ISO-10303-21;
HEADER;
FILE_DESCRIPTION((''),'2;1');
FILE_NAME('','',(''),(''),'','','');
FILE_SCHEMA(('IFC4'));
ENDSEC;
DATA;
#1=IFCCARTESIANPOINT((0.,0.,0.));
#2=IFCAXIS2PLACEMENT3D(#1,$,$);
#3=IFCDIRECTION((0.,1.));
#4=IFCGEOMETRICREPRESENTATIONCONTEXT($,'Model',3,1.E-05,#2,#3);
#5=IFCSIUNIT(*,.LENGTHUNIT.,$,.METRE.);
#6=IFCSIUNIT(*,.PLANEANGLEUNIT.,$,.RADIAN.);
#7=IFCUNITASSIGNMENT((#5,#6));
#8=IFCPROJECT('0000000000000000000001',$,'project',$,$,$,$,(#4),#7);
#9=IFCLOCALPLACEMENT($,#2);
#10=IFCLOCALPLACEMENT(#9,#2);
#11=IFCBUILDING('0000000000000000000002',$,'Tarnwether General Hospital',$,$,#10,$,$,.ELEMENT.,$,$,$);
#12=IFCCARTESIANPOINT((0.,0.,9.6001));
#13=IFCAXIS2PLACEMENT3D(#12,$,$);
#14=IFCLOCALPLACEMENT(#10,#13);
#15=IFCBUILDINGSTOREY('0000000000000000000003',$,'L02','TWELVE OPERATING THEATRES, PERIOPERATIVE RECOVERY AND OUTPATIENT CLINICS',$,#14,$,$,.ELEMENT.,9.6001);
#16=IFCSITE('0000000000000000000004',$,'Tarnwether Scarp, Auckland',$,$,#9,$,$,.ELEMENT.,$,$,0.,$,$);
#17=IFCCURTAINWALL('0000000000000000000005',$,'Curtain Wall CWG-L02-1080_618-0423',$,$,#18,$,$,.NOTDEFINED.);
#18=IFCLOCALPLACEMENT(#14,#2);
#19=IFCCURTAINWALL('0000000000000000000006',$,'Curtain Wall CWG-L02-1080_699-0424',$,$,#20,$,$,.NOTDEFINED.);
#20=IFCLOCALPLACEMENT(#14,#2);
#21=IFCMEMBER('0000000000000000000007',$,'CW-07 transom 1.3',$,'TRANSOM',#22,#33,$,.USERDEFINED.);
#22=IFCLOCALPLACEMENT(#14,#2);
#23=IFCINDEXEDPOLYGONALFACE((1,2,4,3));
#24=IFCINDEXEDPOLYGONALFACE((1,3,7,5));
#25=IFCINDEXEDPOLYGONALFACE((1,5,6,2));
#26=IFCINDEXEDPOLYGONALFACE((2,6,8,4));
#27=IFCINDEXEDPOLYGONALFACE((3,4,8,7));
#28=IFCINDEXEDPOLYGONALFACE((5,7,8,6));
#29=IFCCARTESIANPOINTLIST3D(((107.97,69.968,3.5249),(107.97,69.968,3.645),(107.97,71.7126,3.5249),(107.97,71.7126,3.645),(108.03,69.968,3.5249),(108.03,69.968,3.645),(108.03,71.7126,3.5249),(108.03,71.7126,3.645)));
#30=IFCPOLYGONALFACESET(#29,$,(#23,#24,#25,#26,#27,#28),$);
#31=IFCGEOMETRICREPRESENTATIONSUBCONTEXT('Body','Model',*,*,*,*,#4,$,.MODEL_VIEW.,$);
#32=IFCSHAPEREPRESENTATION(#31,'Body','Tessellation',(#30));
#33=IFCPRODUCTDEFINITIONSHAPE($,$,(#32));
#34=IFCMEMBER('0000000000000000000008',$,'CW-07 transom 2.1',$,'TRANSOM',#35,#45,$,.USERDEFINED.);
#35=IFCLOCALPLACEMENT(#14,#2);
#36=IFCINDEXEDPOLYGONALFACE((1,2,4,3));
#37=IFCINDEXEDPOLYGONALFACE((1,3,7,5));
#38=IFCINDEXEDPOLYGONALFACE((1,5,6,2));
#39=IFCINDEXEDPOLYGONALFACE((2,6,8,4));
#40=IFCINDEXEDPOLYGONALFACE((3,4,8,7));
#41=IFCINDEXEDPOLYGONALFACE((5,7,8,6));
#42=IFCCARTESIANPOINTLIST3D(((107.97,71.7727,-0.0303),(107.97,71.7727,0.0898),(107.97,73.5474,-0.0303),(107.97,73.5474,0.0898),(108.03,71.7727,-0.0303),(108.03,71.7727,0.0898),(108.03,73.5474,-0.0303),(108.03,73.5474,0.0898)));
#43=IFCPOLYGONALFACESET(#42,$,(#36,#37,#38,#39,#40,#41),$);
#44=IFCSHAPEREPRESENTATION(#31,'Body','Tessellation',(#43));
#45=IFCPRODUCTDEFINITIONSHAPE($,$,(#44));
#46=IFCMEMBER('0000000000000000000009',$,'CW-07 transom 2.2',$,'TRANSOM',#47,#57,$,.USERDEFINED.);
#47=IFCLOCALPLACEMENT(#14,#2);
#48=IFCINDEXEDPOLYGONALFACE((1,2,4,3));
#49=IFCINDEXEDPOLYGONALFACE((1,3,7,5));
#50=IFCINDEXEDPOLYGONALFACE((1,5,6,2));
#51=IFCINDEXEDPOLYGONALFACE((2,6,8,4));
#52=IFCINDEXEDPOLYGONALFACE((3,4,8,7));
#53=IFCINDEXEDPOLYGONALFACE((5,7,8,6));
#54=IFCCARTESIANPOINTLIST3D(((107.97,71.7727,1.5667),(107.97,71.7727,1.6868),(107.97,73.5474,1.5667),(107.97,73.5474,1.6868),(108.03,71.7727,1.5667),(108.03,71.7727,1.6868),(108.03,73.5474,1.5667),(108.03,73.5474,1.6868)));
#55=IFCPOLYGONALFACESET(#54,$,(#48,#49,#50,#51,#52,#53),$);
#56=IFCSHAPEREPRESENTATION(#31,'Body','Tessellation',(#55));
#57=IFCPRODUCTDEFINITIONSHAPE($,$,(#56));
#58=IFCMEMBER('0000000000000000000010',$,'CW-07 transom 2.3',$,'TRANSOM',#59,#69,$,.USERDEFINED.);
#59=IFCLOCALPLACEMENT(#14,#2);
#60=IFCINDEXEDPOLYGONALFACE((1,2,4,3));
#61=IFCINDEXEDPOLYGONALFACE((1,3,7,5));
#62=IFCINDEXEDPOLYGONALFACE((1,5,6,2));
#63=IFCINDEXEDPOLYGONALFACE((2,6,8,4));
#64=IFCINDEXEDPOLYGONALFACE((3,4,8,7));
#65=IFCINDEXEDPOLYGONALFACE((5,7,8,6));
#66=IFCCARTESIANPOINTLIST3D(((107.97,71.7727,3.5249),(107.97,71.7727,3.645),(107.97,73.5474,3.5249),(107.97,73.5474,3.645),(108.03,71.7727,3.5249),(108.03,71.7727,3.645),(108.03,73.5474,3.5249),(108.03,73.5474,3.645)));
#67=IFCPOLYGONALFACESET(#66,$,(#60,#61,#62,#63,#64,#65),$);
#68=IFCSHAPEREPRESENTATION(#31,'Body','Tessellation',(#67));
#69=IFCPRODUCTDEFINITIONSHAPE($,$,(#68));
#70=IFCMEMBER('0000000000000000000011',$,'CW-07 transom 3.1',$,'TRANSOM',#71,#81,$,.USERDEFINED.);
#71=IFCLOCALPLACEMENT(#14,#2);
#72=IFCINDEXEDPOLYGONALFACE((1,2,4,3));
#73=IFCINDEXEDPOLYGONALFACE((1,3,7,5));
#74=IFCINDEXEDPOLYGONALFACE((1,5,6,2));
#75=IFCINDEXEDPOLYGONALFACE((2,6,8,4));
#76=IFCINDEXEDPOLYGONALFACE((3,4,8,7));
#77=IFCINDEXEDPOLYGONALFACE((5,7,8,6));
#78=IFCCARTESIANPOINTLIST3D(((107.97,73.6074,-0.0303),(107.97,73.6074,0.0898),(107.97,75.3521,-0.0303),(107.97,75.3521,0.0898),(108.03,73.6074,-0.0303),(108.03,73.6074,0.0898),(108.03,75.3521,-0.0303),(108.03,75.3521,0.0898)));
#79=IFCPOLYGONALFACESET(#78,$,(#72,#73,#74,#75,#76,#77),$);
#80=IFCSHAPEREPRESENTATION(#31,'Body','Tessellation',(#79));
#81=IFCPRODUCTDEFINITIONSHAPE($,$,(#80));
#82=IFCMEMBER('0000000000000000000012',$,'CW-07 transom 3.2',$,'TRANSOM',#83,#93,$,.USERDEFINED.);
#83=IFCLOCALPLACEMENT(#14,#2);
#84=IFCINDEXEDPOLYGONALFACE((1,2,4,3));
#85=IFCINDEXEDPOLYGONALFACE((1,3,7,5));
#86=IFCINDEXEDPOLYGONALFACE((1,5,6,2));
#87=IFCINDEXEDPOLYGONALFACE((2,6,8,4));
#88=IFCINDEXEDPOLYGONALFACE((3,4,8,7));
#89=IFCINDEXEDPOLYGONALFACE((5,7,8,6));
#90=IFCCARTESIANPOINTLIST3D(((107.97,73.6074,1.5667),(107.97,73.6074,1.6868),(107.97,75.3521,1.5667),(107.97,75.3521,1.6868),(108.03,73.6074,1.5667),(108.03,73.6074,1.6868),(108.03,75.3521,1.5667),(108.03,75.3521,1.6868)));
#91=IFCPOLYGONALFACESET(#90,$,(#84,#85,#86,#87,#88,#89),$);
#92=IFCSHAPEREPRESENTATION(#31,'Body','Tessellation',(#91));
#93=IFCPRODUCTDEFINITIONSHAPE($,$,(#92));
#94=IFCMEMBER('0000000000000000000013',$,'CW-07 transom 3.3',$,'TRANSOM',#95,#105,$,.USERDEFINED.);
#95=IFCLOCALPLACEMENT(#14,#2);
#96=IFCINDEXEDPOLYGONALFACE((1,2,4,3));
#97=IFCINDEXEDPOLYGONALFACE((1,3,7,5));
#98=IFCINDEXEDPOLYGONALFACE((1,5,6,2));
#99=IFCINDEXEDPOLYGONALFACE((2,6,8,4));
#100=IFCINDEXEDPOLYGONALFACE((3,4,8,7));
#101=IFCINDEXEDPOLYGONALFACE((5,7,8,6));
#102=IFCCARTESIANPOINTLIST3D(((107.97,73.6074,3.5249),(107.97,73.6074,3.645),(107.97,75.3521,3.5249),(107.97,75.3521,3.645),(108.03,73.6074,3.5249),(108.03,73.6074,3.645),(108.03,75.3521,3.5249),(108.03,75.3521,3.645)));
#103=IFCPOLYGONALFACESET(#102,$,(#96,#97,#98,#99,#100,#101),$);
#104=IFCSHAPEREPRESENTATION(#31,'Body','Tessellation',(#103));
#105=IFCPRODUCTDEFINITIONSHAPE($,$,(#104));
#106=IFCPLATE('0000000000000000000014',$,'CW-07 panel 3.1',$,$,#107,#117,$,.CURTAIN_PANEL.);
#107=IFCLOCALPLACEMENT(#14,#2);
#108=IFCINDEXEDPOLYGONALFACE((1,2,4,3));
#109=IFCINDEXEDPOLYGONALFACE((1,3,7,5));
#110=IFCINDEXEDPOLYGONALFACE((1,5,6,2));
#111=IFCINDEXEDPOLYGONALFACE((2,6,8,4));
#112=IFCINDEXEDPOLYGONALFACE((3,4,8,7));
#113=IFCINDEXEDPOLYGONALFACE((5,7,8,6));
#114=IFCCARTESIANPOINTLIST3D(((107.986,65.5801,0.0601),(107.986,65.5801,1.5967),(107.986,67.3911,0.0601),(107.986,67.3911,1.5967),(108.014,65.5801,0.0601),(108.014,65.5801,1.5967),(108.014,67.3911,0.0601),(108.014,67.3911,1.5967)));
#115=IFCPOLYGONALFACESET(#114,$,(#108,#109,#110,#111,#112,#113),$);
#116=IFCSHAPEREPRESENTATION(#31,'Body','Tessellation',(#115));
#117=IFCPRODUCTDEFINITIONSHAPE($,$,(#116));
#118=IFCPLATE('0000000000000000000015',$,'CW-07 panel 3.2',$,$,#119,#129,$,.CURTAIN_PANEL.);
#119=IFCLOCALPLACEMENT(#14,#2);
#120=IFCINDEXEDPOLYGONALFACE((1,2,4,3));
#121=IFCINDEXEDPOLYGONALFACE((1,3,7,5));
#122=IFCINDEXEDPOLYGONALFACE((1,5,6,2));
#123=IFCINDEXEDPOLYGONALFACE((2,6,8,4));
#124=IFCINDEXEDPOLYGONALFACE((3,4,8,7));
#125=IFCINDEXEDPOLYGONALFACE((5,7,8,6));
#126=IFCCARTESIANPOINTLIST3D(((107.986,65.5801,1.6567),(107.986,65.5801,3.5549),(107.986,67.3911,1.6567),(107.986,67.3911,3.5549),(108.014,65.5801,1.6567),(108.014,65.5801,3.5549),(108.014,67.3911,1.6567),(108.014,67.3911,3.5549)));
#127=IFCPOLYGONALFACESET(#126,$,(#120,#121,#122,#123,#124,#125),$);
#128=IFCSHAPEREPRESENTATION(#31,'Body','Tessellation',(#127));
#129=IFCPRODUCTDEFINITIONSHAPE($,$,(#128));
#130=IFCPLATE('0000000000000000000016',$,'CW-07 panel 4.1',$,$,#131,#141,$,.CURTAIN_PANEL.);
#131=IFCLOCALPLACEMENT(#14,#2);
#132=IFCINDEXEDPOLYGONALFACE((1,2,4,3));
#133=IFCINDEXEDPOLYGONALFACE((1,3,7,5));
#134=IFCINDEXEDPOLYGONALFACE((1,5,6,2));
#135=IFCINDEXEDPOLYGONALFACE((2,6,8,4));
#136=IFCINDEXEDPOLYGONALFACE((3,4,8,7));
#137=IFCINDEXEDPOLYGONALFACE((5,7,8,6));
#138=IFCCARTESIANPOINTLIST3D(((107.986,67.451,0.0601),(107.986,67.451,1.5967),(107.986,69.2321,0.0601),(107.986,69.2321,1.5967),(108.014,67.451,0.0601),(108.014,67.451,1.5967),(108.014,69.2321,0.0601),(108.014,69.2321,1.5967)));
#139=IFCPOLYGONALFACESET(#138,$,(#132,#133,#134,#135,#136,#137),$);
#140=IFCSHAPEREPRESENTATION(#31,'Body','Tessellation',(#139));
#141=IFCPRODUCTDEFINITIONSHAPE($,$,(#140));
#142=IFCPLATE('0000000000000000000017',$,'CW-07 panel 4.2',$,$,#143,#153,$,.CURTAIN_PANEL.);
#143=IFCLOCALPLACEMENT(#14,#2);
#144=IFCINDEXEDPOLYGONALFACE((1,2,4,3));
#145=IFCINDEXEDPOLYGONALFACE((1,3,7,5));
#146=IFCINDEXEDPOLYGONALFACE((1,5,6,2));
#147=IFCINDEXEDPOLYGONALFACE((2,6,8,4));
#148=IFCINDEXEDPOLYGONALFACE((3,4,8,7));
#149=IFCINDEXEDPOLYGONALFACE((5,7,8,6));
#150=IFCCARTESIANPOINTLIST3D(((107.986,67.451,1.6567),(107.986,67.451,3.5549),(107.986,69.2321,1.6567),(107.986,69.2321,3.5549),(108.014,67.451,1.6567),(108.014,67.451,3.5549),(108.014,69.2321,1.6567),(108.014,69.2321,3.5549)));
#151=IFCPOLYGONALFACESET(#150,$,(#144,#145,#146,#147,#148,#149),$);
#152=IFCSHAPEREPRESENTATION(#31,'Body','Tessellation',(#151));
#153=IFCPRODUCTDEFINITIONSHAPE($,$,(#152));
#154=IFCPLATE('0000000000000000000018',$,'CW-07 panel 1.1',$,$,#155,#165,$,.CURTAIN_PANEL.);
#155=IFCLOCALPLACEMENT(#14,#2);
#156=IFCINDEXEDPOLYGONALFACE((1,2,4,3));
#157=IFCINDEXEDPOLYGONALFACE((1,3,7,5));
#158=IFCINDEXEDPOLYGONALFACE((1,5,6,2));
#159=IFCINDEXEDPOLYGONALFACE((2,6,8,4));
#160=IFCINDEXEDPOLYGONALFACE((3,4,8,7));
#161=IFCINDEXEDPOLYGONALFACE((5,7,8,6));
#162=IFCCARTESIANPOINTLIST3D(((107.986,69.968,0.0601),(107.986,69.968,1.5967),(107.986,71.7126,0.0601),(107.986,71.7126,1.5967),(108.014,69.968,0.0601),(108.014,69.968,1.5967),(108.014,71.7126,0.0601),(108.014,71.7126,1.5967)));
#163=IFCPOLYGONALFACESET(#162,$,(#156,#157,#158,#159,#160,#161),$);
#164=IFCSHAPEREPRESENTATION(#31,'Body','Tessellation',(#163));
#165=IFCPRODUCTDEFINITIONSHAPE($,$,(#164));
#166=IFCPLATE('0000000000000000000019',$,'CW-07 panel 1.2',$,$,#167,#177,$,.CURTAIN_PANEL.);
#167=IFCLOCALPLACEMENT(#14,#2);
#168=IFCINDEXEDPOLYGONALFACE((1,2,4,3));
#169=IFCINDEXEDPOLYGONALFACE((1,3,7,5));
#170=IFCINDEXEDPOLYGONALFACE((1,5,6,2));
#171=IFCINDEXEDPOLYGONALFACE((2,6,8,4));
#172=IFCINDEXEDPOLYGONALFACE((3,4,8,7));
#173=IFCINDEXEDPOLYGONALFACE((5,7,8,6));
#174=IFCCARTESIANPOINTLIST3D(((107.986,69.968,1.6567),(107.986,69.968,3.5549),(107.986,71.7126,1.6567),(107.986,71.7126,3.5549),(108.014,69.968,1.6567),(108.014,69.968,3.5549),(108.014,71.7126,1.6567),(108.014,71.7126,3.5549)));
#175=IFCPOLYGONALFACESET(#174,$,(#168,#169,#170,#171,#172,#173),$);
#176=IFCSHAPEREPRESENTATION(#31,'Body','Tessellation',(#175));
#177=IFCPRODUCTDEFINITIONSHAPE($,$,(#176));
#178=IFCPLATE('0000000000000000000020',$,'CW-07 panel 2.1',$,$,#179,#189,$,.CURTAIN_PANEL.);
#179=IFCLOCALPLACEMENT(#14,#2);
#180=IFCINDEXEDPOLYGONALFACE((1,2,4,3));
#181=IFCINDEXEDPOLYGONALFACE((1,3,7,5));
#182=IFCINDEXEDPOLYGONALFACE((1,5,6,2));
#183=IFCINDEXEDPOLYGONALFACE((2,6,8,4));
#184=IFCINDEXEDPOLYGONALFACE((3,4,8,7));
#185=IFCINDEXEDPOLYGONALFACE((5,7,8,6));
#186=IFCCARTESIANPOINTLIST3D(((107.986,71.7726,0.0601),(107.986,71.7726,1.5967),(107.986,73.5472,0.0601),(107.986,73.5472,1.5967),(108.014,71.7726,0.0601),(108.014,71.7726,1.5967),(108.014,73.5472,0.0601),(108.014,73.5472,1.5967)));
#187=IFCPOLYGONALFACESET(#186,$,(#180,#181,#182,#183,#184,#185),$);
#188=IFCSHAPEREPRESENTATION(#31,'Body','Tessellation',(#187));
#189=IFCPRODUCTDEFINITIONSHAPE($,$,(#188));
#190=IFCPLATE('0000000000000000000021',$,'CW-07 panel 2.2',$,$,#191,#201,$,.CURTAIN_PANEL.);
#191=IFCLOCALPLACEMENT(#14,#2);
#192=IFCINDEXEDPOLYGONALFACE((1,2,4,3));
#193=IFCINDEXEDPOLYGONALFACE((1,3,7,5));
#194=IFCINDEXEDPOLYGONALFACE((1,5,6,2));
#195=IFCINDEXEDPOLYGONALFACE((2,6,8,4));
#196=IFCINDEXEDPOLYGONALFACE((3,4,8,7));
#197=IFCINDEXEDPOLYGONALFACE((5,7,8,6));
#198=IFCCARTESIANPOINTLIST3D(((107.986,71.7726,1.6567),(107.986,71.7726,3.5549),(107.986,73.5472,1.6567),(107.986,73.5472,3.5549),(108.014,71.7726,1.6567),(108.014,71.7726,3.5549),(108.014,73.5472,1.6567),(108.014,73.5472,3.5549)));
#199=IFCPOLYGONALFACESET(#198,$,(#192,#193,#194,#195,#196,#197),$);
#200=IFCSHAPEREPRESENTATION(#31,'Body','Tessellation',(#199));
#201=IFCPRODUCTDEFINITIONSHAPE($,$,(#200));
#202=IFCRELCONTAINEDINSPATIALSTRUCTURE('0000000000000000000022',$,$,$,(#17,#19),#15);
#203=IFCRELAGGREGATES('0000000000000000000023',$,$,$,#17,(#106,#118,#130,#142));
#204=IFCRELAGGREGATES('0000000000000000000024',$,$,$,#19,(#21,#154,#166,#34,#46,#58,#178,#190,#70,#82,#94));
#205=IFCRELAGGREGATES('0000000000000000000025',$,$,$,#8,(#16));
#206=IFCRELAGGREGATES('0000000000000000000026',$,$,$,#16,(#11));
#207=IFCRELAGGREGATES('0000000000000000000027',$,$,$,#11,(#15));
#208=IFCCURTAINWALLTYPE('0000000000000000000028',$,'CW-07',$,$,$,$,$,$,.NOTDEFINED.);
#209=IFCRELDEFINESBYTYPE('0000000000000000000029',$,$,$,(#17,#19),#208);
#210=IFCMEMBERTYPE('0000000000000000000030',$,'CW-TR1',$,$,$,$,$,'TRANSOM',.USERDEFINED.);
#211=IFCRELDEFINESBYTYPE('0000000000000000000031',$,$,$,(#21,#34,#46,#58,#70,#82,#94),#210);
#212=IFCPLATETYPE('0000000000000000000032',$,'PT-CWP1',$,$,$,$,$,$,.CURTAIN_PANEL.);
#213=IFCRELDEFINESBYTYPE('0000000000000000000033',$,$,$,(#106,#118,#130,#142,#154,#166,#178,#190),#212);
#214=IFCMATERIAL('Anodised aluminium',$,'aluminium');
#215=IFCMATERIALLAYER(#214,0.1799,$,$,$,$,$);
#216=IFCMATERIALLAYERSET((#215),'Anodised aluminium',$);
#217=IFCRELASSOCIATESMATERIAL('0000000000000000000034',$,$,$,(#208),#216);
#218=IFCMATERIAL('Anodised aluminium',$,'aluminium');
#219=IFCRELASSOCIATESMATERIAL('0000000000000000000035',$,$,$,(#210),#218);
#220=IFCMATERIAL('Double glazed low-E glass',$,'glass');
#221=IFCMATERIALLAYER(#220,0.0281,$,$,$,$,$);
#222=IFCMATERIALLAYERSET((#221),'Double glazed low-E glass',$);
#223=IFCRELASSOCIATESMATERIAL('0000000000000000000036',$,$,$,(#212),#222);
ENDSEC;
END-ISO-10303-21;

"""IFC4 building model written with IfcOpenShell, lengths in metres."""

from ifc_helpers import new_model, si_unit, direction, frame, origin, origin_2d, place, context, subcontext, project, spatial, rectangle, extrude, material, layer, layer_set, material_profile, profile_set, type_object, element, aggregate, save


model = new_model("IFC4")

# Units and contexts
model_context = context("Model", 3, precision=1e-05, world=origin(), true_north=direction((0.0, 1.0)))
body_context = subcontext(model_context, "Body", "Model", "MODEL_VIEW")
ifc_project = project(units=[si_unit("LENGTHUNIT", "METRE"), si_unit("PLANEANGLEUNIT", "RADIAN")], contexts=[model_context])

# Site, building, storey
site_placement = place(None, origin())
site = spatial("IfcSite", under=ifc_project, at=site_placement, Name="Tarnwether Scarp, Auckland", CompositionType="ELEMENT", RefElevation=0.0)
building_placement = place(site_placement, origin())
building = spatial("IfcBuilding", under=site, at=building_placement, Name="Tarnwether General Hospital", CompositionType="ELEMENT")
storey_placement = place(building_placement, frame((0.0, 0.0, 9.6001)))
storey = spatial("IfcBuildingStorey", under=building, at=storey_placement, Name="L02", Description="TWELVE OPERATING THEATRES, PERIOPERATIVE RECOVERY AND OUTPATIENT CLINICS", CompositionType="ELEMENT", Elevation=9.6001)

# Curtain walls
ifc_material_1 = material(Name="Anodised aluminium", Category="aluminium")
ifc_layer_1 = layer(ifc_material_1, 0.1799)
ifc_layer_set_1 = layer_set([ifc_layer_1], Name="Anodised aluminium")
curtain_wall_type = type_object("IfcCurtainWallType", Name="CW-07", PredefinedType="NOTDEFINED", material=ifc_layer_set_1)
curtain_wall_1_placement = place(storey_placement, origin())
curtain_wall_1 = element("IfcCurtainWall", 1, at=curtain_wall_1_placement, inside=storey, type_object=curtain_wall_type, Name="Curtain Wall CWG-L02-1080_618-0423", PredefinedType="NOTDEFINED")
curtain_wall_2_placement = place(storey_placement, origin())
curtain_wall_2 = element("IfcCurtainWall", 2, at=curtain_wall_2_placement, inside=storey, type_object=curtain_wall_type, Name="Curtain Wall CWG-L02-1080_699-0424", PredefinedType="NOTDEFINED")

# Members
ifc_material_2 = material(Name="Anodised aluminium", Category="aluminium")
ifc_material_profile_1 = material_profile(ifc_material_2, rectangle(XDim=0.0601, YDim=0.1201, at=origin_2d()), Name="ALU-TRN-60x120")
ifc_profile_set_1 = profile_set([ifc_material_profile_1], Name="Anodised aluminium")
member_type_1 = type_object("IfcMemberType", Name="CW-TR1", ElementType="TRANSOM", PredefinedType="USERDEFINED", material=ifc_profile_set_1)
member_1_placement = place(storey_placement, frame((108.0, 69.968, 3.585), z_axis=(0.0, 1.0, 0.0), x_axis=(-1.0, 0.0, 0.0)))
member_1 = element("IfcMember", 3, at=member_1_placement, type_object=member_type_1, Name="CW-07 transom 1.3", ObjectType="TRANSOM", PredefinedType="USERDEFINED", context=body_context, shape_type="SweptSolid", body=[
    extrude(rectangle(XDim=0.0601, YDim=0.1201, at=origin_2d()), origin(), (0.0, 0.0, 1.0), 1.7446),
])
member_2_placement = place(storey_placement, frame((108.0, 71.7727, 0.0298), z_axis=(0.0, 1.0, 0.0), x_axis=(-1.0, 0.0, 0.0)))
member_2 = element("IfcMember", 4, at=member_2_placement, type_object=member_type_1, Name="CW-07 transom 2.1", ObjectType="TRANSOM", PredefinedType="USERDEFINED", context=body_context, shape_type="SweptSolid", body=[
    extrude(rectangle(XDim=0.0601, YDim=0.1201, at=origin_2d()), origin(), (0.0, 0.0, 1.0), 1.7747),
])
member_3_placement = place(storey_placement, frame((108.0, 71.7727, 1.6267), z_axis=(0.0, 1.0, 0.0), x_axis=(-1.0, 0.0, 0.0)))
member_3 = element("IfcMember", 5, at=member_3_placement, type_object=member_type_1, Name="CW-07 transom 2.2", ObjectType="TRANSOM", PredefinedType="USERDEFINED", context=body_context, shape_type="SweptSolid", body=[
    extrude(rectangle(XDim=0.0601, YDim=0.1201, at=origin_2d()), origin(), (0.0, 0.0, 1.0), 1.7747),
])
member_4_placement = place(storey_placement, frame((108.0, 71.7727, 3.585), z_axis=(0.0, 1.0, 0.0), x_axis=(-1.0, 0.0, 0.0)))
member_4 = element("IfcMember", 6, at=member_4_placement, type_object=member_type_1, Name="CW-07 transom 2.3", ObjectType="TRANSOM", PredefinedType="USERDEFINED", context=body_context, shape_type="SweptSolid", body=[
    extrude(rectangle(XDim=0.0601, YDim=0.1201, at=origin_2d()), origin(), (0.0, 0.0, 1.0), 1.7747),
])
member_5_placement = place(storey_placement, frame((108.0, 73.6074, 0.0298), z_axis=(0.0, 1.0, 0.0), x_axis=(-1.0, 0.0, 0.0)))
member_5 = element("IfcMember", 7, at=member_5_placement, type_object=member_type_1, Name="CW-07 transom 3.1", ObjectType="TRANSOM", PredefinedType="USERDEFINED", context=body_context, shape_type="SweptSolid", body=[
    extrude(rectangle(XDim=0.0601, YDim=0.1201, at=origin_2d()), origin(), (0.0, 0.0, 1.0), 1.7446),
])
member_6_placement = place(storey_placement, frame((108.0, 73.6074, 1.6267), z_axis=(0.0, 1.0, 0.0), x_axis=(-1.0, 0.0, 0.0)))
member_6 = element("IfcMember", 8, at=member_6_placement, type_object=member_type_1, Name="CW-07 transom 3.2", ObjectType="TRANSOM", PredefinedType="USERDEFINED", context=body_context, shape_type="SweptSolid", body=[
    extrude(rectangle(XDim=0.0601, YDim=0.1201, at=origin_2d()), origin(), (0.0, 0.0, 1.0), 1.7446),
])
member_7_placement = place(storey_placement, frame((108.0, 73.6074, 3.585), z_axis=(0.0, 1.0, 0.0), x_axis=(-1.0, 0.0, 0.0)))
member_7 = element("IfcMember", 9, at=member_7_placement, type_object=member_type_1, Name="CW-07 transom 3.3", ObjectType="TRANSOM", PredefinedType="USERDEFINED", context=body_context, shape_type="SweptSolid", body=[
    extrude(rectangle(XDim=0.0601, YDim=0.1201, at=origin_2d()), origin(), (0.0, 0.0, 1.0), 1.7446),
])

# Plates
ifc_material_3 = material(Name="Double glazed low-E glass", Category="glass")
ifc_layer_2 = layer(ifc_material_3, 0.0281)
ifc_layer_set_2 = layer_set([ifc_layer_2], Name="Double glazed low-E glass")
plate_type = type_object("IfcPlateType", Name="PT-CWP1", PredefinedType="CURTAIN_PANEL", material=ifc_layer_set_2)
plate_1_placement = place(storey_placement, frame((108.0, 66.4856, 0.0601), z_axis=(0.0, 0.0, 1.0), x_axis=(0.0, 1.0, 0.0)))
plate_1 = element("IfcPlate", 10, at=plate_1_placement, type_object=plate_type, Name="CW-07 panel 3.1", PredefinedType="CURTAIN_PANEL", context=body_context, shape_type="SweptSolid", body=[
    extrude(rectangle(XDim=1.811, YDim=0.0281, at=origin_2d()), origin(), (0.0, 0.0, 1.0), 1.5366),
])
plate_2_placement = place(storey_placement, frame((108.0, 66.4856, 1.6567), z_axis=(0.0, 0.0, 1.0), x_axis=(0.0, 1.0, 0.0)))
plate_2 = element("IfcPlate", 11, at=plate_2_placement, type_object=plate_type, Name="CW-07 panel 3.2", PredefinedType="CURTAIN_PANEL", context=body_context, shape_type="SweptSolid", body=[
    extrude(rectangle(XDim=1.811, YDim=0.0281, at=origin_2d()), origin(), (0.0, 0.0, 1.0), 1.8982),
])
plate_3_placement = place(storey_placement, frame((108.0, 68.3416, 0.0601), z_axis=(0.0, 0.0, 1.0), x_axis=(0.0, 1.0, 0.0)))
plate_3 = element("IfcPlate", 12, at=plate_3_placement, type_object=plate_type, Name="CW-07 panel 4.1", PredefinedType="CURTAIN_PANEL", context=body_context, shape_type="SweptSolid", body=[
    extrude(rectangle(XDim=1.781, YDim=0.0281, at=origin_2d()), origin(), (0.0, 0.0, 1.0), 1.5366),
])
plate_4_placement = place(storey_placement, frame((108.0, 68.3416, 1.6567), z_axis=(0.0, 0.0, 1.0), x_axis=(0.0, 1.0, 0.0)))
plate_4 = element("IfcPlate", 13, at=plate_4_placement, type_object=plate_type, Name="CW-07 panel 4.2", PredefinedType="CURTAIN_PANEL", context=body_context, shape_type="SweptSolid", body=[
    extrude(rectangle(XDim=1.781, YDim=0.0281, at=origin_2d()), origin(), (0.0, 0.0, 1.0), 1.8982),
])
aggregate(curtain_wall_1, [plate_1, plate_2, plate_3, plate_4])
plate_5_placement = place(storey_placement, frame((108.0, 70.8403, 0.0601), z_axis=(0.0, 0.0, 1.0), x_axis=(0.0, 1.0, 0.0)))
plate_5 = element("IfcPlate", 14, at=plate_5_placement, type_object=plate_type, Name="CW-07 panel 1.1", PredefinedType="CURTAIN_PANEL", context=body_context, shape_type="SweptSolid", body=[
    extrude(rectangle(XDim=1.7446, YDim=0.0281, at=origin_2d()), origin(), (0.0, 0.0, 1.0), 1.5366),
])
plate_6_placement = place(storey_placement, frame((108.0, 70.8403, 1.6567), z_axis=(0.0, 0.0, 1.0), x_axis=(0.0, 1.0, 0.0)))
plate_6 = element("IfcPlate", 15, at=plate_6_placement, type_object=plate_type, Name="CW-07 panel 1.2", PredefinedType="CURTAIN_PANEL", context=body_context, shape_type="SweptSolid", body=[
    extrude(rectangle(XDim=1.7446, YDim=0.0281, at=origin_2d()), origin(), (0.0, 0.0, 1.0), 1.8982),
])
plate_7_placement = place(storey_placement, frame((108.0, 72.6599, 0.0601), z_axis=(0.0, 0.0, 1.0), x_axis=(0.0, 1.0, 0.0)))
plate_7 = element("IfcPlate", 16, at=plate_7_placement, type_object=plate_type, Name="CW-07 panel 2.1", PredefinedType="CURTAIN_PANEL", context=body_context, shape_type="SweptSolid", body=[
    extrude(rectangle(XDim=1.7747, YDim=0.0281, at=origin_2d()), origin(), (0.0, 0.0, 1.0), 1.5366),
])
plate_8_placement = place(storey_placement, frame((108.0, 72.6599, 1.6567), z_axis=(0.0, 0.0, 1.0), x_axis=(0.0, 1.0, 0.0)))
plate_8 = element("IfcPlate", 17, at=plate_8_placement, type_object=plate_type, Name="CW-07 panel 2.2", PredefinedType="CURTAIN_PANEL", context=body_context, shape_type="SweptSolid", body=[
    extrude(rectangle(XDim=1.7747, YDim=0.0281, at=origin_2d()), origin(), (0.0, 0.0, 1.0), 1.8982),
])
aggregate(curtain_wall_2, [member_1, plate_5, plate_6, member_2, member_3, member_4, plate_7, plate_8, member_5, member_6, member_7])

save(model, "model.ifc")
